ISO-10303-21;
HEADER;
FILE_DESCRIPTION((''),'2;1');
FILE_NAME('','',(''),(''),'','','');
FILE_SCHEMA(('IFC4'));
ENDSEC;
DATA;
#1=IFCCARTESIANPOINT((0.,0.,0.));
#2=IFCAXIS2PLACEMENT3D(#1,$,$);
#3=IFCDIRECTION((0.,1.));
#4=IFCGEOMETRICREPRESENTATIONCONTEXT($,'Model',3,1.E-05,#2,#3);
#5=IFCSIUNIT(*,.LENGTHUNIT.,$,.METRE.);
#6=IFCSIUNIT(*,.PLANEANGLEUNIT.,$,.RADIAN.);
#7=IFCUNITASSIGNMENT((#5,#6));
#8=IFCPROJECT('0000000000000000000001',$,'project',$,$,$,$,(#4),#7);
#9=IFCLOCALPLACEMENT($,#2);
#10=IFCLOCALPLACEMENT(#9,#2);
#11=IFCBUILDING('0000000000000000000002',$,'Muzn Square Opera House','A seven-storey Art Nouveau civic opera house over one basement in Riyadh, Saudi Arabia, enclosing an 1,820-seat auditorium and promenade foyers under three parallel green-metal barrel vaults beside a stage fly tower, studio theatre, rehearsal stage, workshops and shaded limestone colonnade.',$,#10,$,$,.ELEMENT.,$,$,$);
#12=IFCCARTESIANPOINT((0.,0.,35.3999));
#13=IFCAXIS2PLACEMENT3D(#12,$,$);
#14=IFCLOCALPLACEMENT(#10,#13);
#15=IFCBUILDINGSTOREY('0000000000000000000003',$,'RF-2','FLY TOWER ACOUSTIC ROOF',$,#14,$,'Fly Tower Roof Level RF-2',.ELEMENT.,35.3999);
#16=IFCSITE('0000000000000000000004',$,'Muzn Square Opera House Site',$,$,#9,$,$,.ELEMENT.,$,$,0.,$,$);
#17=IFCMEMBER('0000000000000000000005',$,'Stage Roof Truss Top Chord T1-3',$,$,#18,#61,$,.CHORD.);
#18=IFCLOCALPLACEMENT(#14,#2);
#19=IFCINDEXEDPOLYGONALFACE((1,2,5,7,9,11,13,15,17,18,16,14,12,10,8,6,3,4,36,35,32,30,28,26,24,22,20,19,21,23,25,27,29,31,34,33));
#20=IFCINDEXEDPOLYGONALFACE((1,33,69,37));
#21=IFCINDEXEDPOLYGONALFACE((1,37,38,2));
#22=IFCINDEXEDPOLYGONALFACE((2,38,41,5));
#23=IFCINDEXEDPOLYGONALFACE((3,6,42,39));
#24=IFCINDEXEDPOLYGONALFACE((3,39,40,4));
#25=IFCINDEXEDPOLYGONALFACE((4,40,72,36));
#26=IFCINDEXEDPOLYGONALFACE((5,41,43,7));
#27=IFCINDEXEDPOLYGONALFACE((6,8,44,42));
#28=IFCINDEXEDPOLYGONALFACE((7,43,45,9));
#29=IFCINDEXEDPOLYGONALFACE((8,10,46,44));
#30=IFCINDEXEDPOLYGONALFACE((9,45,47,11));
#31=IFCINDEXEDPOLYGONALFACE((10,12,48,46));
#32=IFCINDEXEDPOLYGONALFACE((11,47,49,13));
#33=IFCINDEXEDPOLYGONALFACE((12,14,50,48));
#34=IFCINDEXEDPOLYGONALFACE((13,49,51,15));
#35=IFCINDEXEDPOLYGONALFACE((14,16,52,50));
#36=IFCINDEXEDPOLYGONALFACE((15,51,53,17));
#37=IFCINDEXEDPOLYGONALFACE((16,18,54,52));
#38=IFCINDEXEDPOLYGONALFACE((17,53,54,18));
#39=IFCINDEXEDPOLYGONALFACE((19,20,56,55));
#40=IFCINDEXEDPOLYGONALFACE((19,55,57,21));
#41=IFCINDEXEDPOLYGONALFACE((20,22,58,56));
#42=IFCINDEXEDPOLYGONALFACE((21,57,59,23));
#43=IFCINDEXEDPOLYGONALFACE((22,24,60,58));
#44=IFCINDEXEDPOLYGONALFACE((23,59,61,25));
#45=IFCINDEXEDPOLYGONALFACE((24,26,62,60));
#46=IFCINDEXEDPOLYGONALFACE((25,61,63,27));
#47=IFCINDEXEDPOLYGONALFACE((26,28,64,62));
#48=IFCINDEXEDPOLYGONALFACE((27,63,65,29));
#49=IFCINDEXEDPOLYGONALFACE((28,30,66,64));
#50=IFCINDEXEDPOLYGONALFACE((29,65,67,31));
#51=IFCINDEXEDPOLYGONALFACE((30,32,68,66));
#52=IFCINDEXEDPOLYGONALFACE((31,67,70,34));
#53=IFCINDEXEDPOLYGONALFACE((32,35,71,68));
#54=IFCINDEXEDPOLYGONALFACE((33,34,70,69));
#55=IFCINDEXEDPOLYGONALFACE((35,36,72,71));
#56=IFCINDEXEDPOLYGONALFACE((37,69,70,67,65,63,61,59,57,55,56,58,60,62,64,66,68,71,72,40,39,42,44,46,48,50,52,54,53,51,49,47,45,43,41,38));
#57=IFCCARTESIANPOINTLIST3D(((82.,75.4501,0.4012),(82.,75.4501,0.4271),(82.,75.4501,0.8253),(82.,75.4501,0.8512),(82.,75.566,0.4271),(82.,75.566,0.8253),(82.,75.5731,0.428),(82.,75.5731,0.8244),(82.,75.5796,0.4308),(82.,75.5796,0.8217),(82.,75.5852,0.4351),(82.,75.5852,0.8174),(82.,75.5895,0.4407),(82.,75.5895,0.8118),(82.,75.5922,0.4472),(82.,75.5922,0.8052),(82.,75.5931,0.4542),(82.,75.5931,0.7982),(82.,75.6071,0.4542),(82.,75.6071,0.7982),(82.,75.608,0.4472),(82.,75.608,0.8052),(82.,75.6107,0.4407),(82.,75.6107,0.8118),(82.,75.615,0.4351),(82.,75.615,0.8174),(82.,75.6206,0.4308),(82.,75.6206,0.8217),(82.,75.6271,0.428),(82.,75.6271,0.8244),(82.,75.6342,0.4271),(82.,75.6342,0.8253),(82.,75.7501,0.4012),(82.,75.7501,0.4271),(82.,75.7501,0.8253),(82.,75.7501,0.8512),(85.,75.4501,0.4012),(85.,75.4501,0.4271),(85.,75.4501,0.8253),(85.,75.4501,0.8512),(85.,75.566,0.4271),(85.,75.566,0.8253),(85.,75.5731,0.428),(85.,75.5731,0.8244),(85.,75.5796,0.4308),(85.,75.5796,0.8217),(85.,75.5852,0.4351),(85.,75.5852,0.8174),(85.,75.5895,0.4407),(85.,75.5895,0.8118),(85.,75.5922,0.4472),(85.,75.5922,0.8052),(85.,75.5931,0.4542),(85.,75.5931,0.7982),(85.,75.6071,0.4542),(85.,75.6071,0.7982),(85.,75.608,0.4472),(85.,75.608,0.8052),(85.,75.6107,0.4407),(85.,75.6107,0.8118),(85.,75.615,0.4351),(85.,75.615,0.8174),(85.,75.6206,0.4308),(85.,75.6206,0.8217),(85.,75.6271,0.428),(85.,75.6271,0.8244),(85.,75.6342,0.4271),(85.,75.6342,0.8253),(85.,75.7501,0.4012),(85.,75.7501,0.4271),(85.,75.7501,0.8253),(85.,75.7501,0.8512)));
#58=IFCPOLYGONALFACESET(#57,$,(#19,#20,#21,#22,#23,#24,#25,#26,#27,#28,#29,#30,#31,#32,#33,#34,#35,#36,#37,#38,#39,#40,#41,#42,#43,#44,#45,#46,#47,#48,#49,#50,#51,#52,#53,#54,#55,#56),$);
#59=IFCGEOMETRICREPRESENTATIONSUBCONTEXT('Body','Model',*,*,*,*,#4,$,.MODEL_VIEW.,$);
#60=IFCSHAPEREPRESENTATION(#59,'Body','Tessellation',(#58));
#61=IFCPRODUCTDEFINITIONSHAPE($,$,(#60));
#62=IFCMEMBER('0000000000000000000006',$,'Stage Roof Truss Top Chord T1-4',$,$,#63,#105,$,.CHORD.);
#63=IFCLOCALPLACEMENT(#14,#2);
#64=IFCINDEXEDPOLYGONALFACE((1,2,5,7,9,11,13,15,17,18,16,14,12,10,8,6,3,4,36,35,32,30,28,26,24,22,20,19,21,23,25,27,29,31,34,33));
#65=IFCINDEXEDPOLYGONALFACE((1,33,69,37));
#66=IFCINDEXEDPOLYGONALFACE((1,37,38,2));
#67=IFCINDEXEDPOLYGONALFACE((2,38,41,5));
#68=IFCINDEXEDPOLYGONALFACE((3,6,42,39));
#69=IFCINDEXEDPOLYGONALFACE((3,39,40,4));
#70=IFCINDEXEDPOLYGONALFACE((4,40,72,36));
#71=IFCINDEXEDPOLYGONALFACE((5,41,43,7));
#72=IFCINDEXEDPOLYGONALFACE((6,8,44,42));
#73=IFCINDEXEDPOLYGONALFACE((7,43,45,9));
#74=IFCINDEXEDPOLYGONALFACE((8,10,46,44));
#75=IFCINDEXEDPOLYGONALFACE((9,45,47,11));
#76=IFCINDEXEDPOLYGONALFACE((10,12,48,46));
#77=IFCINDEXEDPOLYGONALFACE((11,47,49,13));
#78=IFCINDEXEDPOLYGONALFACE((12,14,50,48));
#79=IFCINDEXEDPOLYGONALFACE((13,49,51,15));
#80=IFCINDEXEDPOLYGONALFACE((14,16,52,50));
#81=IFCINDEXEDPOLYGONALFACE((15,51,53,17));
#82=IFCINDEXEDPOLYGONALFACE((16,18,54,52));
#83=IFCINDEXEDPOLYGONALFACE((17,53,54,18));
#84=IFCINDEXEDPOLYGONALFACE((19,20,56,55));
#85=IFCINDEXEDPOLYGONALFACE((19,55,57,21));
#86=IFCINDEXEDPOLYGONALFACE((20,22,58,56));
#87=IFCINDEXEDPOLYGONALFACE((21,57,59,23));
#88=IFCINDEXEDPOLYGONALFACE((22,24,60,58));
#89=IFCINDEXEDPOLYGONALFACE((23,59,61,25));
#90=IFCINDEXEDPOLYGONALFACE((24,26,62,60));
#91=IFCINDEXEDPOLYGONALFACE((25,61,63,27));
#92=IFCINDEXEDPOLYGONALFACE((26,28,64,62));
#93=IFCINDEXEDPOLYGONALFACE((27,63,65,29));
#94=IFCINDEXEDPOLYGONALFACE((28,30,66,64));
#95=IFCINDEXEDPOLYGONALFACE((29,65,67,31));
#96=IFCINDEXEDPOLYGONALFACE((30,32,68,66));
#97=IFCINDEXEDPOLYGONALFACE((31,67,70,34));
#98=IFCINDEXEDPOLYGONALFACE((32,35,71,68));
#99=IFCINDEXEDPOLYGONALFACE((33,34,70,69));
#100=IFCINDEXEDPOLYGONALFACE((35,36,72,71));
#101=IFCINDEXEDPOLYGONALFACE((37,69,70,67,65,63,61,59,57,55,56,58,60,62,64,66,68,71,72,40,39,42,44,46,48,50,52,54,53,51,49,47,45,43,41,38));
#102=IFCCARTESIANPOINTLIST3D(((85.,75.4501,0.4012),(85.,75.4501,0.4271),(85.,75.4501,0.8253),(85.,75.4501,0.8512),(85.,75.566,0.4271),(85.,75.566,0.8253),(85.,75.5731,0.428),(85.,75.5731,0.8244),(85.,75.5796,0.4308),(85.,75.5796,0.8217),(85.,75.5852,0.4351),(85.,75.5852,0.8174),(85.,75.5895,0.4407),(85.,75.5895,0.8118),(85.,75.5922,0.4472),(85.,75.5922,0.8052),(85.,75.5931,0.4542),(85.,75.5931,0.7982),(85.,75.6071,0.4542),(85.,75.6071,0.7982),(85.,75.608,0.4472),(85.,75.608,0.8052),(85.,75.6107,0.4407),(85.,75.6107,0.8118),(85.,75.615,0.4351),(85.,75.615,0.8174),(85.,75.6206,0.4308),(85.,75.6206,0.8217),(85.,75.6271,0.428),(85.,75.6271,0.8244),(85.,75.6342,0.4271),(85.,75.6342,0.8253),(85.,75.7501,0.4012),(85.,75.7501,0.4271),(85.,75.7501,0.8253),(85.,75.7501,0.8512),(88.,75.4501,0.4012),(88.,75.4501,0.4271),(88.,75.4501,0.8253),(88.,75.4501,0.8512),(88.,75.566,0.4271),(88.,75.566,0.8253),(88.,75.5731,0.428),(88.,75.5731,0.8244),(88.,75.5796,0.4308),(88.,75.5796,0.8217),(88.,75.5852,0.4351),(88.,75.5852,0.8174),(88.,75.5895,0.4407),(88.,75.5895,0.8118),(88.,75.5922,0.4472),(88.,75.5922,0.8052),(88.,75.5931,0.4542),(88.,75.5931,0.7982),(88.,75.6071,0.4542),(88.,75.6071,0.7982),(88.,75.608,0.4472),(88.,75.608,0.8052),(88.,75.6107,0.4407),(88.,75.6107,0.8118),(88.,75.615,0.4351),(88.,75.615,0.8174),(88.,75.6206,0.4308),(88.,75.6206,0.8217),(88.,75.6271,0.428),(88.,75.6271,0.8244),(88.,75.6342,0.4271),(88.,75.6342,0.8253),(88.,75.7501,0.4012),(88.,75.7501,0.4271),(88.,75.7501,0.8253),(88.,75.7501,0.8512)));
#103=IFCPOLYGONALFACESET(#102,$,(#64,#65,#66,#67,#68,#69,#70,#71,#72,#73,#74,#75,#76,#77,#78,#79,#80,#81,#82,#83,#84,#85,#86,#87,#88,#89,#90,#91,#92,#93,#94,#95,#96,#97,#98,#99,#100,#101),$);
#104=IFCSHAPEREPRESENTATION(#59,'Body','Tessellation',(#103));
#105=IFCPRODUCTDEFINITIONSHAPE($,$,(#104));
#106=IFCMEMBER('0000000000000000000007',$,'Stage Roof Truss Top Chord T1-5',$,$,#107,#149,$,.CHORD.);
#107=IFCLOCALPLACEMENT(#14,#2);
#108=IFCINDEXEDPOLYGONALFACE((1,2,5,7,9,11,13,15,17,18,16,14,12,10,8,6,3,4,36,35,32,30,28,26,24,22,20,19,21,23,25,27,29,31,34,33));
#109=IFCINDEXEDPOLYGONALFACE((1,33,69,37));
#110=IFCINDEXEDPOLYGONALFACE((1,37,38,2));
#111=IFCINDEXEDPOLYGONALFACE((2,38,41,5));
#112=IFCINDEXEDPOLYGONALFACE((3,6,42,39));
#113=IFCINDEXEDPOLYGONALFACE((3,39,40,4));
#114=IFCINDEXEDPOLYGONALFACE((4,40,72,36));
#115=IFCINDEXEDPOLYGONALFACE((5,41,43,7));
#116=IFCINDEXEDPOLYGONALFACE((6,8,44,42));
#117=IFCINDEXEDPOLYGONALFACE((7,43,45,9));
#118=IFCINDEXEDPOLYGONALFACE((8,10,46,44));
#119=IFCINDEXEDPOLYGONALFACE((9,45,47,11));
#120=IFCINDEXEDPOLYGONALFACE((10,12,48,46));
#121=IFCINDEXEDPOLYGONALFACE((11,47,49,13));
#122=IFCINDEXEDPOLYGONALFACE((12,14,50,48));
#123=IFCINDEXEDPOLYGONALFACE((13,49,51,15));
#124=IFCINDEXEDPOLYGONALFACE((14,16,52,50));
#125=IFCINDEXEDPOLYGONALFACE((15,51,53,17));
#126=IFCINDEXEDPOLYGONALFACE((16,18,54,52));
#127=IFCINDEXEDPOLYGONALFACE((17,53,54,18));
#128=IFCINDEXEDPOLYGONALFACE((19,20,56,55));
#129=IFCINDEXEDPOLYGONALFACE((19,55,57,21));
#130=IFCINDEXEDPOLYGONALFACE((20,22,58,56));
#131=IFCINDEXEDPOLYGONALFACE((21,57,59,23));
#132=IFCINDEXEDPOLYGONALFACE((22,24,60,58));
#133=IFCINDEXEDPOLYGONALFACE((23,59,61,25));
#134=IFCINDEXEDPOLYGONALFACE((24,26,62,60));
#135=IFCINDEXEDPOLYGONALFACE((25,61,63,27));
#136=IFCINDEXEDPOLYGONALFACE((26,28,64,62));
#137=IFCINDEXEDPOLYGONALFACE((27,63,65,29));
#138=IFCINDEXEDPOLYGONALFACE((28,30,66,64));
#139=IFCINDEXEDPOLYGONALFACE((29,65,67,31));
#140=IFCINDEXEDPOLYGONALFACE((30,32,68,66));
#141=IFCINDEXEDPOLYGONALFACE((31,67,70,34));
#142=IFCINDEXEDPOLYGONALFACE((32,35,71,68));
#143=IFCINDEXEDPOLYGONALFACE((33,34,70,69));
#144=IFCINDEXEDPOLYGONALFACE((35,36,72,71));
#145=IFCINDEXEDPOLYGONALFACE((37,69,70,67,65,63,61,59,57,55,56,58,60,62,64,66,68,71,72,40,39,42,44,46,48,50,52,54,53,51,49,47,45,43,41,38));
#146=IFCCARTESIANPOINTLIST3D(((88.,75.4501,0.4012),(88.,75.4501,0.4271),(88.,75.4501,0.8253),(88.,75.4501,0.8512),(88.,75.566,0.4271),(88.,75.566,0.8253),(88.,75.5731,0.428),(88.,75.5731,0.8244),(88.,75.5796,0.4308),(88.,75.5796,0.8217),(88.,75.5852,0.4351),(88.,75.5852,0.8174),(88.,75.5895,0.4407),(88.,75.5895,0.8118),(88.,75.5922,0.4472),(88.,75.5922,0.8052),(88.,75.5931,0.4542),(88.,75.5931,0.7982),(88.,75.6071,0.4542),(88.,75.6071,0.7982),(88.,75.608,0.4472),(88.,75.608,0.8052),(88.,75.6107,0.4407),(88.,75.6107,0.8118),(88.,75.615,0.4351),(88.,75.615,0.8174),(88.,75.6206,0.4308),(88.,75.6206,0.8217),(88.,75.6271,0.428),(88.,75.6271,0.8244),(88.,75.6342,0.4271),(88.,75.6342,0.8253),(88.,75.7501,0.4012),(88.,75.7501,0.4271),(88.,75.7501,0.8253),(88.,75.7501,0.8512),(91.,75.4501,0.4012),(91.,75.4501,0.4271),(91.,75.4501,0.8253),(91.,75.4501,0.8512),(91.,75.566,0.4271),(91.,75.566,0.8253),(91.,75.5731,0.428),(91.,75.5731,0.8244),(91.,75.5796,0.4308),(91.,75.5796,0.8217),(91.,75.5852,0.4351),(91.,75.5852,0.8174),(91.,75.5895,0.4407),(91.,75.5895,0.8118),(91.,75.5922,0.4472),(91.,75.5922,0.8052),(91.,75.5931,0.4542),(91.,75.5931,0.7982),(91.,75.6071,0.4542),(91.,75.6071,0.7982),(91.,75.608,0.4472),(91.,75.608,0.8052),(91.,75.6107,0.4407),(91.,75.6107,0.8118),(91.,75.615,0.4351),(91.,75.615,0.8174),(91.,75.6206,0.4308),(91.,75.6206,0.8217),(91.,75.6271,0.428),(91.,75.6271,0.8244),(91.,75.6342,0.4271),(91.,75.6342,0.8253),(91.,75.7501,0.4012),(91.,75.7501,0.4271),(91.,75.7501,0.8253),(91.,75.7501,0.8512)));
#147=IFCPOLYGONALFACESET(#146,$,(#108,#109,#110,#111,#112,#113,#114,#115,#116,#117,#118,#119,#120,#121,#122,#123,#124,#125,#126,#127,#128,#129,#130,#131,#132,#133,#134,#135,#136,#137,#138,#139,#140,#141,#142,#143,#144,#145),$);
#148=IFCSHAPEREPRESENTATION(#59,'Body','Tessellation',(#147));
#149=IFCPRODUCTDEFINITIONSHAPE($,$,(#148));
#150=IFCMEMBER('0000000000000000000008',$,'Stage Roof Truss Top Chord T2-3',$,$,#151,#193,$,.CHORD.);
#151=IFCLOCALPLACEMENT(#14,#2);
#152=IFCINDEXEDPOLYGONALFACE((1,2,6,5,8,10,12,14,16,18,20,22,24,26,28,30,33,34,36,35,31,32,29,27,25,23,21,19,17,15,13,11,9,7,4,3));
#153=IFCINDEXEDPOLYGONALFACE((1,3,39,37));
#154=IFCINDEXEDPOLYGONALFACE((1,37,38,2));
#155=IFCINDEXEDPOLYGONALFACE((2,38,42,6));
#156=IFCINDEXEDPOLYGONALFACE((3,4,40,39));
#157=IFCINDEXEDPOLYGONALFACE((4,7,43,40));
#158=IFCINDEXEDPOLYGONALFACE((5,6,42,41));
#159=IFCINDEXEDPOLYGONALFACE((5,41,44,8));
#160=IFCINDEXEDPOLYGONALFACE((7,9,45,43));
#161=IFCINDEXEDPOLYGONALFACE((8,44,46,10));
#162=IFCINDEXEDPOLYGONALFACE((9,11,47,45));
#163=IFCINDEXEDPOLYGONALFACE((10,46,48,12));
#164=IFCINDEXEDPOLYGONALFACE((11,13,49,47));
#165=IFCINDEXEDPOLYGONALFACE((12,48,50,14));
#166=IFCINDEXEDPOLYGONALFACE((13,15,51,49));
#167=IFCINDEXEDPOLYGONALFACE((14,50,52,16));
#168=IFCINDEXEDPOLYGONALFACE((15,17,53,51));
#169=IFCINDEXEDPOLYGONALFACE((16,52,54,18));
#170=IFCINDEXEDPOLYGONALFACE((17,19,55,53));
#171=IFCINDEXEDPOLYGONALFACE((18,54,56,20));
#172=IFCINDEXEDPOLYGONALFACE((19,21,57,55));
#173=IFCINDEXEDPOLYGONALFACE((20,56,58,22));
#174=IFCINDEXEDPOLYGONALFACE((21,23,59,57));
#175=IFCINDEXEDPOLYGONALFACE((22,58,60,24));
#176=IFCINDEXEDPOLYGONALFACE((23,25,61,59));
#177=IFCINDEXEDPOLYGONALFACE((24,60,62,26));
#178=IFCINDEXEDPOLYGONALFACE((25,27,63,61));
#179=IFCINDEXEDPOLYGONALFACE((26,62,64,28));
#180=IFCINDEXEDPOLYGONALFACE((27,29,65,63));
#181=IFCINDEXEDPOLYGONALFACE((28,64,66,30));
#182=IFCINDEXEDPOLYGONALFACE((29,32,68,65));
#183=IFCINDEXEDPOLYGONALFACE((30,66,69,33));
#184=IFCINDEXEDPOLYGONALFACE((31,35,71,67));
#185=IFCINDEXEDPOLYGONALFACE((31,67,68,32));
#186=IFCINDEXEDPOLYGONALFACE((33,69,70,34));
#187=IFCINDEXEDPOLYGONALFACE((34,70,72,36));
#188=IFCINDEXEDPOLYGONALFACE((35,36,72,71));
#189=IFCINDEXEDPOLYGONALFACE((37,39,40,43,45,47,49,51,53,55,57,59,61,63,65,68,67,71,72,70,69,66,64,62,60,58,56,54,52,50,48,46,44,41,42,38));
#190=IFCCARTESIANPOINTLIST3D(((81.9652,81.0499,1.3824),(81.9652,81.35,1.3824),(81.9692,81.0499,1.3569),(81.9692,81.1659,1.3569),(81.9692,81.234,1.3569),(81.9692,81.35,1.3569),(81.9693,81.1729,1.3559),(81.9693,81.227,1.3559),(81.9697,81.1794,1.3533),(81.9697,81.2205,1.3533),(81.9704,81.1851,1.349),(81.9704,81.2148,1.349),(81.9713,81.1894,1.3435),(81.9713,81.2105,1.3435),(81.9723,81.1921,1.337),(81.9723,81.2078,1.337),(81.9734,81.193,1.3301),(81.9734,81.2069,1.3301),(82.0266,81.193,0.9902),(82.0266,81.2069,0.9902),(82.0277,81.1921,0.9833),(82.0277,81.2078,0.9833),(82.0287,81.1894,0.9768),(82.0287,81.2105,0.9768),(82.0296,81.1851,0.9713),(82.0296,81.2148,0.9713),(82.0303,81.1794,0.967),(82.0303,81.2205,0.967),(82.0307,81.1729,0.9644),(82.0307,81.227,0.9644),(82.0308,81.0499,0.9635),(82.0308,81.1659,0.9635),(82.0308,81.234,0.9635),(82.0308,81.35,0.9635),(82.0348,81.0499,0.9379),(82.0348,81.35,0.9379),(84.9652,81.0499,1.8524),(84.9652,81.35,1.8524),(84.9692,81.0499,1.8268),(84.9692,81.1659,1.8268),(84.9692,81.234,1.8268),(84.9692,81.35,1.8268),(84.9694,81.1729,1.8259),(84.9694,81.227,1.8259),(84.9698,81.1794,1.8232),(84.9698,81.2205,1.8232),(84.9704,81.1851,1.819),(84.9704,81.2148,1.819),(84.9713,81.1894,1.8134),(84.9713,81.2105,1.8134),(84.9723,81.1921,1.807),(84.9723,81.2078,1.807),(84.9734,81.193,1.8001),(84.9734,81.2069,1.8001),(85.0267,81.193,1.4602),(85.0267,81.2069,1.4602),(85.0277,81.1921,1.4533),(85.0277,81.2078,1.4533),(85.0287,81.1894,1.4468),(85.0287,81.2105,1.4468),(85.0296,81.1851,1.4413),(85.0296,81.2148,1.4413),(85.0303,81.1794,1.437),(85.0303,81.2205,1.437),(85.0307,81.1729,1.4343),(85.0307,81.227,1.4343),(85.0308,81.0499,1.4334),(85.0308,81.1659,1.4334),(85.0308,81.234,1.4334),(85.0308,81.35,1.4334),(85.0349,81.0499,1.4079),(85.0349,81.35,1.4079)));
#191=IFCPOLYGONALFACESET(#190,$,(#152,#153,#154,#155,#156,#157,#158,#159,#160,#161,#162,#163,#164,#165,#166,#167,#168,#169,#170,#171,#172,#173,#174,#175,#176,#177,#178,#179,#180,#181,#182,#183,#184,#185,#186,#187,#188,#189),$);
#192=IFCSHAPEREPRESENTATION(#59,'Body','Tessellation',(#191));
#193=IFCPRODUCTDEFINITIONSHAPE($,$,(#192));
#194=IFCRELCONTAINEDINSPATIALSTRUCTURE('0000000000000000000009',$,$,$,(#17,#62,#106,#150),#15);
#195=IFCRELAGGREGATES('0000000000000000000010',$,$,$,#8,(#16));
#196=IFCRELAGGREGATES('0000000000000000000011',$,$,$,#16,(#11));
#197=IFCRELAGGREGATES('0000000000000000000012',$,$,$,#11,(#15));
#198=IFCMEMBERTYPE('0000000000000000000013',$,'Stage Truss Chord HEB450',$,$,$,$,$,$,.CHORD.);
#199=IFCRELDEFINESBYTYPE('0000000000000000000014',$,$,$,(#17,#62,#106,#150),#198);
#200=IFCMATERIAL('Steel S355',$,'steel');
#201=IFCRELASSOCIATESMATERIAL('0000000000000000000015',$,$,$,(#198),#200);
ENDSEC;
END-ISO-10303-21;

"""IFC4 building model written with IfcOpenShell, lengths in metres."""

from ifc_helpers import new_model, si_unit, direction, frame, origin, origin_2d, place, context, subcontext, project, spatial, i_section, extrude, material, material_profile, profile_set, type_object, element, save


model = new_model("IFC4")

# Units and contexts
model_context = context("Model", 3, precision=1e-05, world=origin(), true_north=direction((0.0, 1.0)))
body_context = subcontext(model_context, "Body", "Model", "MODEL_VIEW")
ifc_project = project(units=[si_unit("LENGTHUNIT", "METRE"), si_unit("PLANEANGLEUNIT", "RADIAN")], contexts=[model_context])

# Site, building, storey
site_placement = place(None, origin())
site = spatial("IfcSite", under=ifc_project, at=site_placement, Name="Muzn Square Opera House Site", CompositionType="ELEMENT", RefElevation=0.0)
building_placement = place(site_placement, origin())
building = spatial("IfcBuilding", under=site, at=building_placement, Name="Muzn Square Opera House", Description="A seven-storey Art Nouveau civic opera house over one basement in Riyadh, Saudi Arabia, enclosing an 1,820-seat auditorium and promenade foyers under three parallel green-metal barrel vaults beside a stage fly tower, studio theatre, rehearsal stage, workshops and shaded limestone colonnade.", CompositionType="ELEMENT")
storey_placement = place(building_placement, frame((0.0, 0.0, 35.3999)))
storey = spatial("IfcBuildingStorey", under=building, at=storey_placement, Name="RF-2", Description="FLY TOWER ACOUSTIC ROOF", LongName="Fly Tower Roof Level RF-2", CompositionType="ELEMENT", Elevation=35.3999)

# Members
ifc_material_1 = material(Name="Steel S355", Category="steel")
ifc_material_profile_1 = material_profile(ifc_material_1, i_section(OverallWidth=0.3, OverallDepth=0.45, WebThickness=0.0139, FlangeThickness=0.0259, FilletRadius=0.0271, at=origin_2d()), Name="HEB 450", Category="steel")
ifc_profile_set_1 = profile_set([ifc_material_profile_1], Name="Steel S355")
member_type_1 = type_object("IfcMemberType", Name="Stage Truss Chord HEB450", PredefinedType="CHORD", material=ifc_profile_set_1)
for number, where, z_axis, x_axis, name in (
    (1, (82.0, 75.6001, 0.6262), (1.0, 0.0, 0.0), (0.0, 1.0, 0.0), "Stage Roof Truss Top Chord T1-3"),
    (2, (85.0, 75.6001, 0.6262), (1.0, 0.0, 0.0), (0.0, 1.0, 0.0), "Stage Roof Truss Top Chord T1-4"),
    (3, (88.0, 75.6001, 0.6262), (1.0, 0.0, 0.0), (0.0, 1.0, 0.0), "Stage Roof Truss Top Chord T1-5"),
):
    element("IfcMember", number, at=place(storey_placement, frame(where, z_axis=z_axis, x_axis=x_axis)), inside=storey, type_object=member_type_1, Name=name, PredefinedType="CHORD", context=body_context, shape_type="SweptSolid", body=[
        extrude(i_section(OverallWidth=0.3, OverallDepth=0.45, WebThickness=0.0139, FlangeThickness=0.0259, FilletRadius=0.0271, at=origin_2d()), origin(), (0.0, 0.0, 1.0), 3.0),
    ])
for number, where, z_axis, x_axis, name in (
    (4, (82.0, 81.2, 1.1602), (0.987951, 0.0, 0.154769), (0.0, 1.0, 0.0), "Stage Roof Truss Top Chord T2-3"),
):
    element("IfcMember", number, at=place(storey_placement, frame(where, z_axis=z_axis, x_axis=x_axis)), inside=storey, type_object=member_type_1, Name=name, PredefinedType="CHORD", context=body_context, shape_type="SweptSolid", body=[
        extrude(i_section(OverallWidth=0.3, OverallDepth=0.45, WebThickness=0.0139, FlangeThickness=0.0259, FilletRadius=0.0271, at=origin_2d()), origin(), (0.0, 0.0, 1.0), 3.0366),
    ])

save(model, "model.ifc")
